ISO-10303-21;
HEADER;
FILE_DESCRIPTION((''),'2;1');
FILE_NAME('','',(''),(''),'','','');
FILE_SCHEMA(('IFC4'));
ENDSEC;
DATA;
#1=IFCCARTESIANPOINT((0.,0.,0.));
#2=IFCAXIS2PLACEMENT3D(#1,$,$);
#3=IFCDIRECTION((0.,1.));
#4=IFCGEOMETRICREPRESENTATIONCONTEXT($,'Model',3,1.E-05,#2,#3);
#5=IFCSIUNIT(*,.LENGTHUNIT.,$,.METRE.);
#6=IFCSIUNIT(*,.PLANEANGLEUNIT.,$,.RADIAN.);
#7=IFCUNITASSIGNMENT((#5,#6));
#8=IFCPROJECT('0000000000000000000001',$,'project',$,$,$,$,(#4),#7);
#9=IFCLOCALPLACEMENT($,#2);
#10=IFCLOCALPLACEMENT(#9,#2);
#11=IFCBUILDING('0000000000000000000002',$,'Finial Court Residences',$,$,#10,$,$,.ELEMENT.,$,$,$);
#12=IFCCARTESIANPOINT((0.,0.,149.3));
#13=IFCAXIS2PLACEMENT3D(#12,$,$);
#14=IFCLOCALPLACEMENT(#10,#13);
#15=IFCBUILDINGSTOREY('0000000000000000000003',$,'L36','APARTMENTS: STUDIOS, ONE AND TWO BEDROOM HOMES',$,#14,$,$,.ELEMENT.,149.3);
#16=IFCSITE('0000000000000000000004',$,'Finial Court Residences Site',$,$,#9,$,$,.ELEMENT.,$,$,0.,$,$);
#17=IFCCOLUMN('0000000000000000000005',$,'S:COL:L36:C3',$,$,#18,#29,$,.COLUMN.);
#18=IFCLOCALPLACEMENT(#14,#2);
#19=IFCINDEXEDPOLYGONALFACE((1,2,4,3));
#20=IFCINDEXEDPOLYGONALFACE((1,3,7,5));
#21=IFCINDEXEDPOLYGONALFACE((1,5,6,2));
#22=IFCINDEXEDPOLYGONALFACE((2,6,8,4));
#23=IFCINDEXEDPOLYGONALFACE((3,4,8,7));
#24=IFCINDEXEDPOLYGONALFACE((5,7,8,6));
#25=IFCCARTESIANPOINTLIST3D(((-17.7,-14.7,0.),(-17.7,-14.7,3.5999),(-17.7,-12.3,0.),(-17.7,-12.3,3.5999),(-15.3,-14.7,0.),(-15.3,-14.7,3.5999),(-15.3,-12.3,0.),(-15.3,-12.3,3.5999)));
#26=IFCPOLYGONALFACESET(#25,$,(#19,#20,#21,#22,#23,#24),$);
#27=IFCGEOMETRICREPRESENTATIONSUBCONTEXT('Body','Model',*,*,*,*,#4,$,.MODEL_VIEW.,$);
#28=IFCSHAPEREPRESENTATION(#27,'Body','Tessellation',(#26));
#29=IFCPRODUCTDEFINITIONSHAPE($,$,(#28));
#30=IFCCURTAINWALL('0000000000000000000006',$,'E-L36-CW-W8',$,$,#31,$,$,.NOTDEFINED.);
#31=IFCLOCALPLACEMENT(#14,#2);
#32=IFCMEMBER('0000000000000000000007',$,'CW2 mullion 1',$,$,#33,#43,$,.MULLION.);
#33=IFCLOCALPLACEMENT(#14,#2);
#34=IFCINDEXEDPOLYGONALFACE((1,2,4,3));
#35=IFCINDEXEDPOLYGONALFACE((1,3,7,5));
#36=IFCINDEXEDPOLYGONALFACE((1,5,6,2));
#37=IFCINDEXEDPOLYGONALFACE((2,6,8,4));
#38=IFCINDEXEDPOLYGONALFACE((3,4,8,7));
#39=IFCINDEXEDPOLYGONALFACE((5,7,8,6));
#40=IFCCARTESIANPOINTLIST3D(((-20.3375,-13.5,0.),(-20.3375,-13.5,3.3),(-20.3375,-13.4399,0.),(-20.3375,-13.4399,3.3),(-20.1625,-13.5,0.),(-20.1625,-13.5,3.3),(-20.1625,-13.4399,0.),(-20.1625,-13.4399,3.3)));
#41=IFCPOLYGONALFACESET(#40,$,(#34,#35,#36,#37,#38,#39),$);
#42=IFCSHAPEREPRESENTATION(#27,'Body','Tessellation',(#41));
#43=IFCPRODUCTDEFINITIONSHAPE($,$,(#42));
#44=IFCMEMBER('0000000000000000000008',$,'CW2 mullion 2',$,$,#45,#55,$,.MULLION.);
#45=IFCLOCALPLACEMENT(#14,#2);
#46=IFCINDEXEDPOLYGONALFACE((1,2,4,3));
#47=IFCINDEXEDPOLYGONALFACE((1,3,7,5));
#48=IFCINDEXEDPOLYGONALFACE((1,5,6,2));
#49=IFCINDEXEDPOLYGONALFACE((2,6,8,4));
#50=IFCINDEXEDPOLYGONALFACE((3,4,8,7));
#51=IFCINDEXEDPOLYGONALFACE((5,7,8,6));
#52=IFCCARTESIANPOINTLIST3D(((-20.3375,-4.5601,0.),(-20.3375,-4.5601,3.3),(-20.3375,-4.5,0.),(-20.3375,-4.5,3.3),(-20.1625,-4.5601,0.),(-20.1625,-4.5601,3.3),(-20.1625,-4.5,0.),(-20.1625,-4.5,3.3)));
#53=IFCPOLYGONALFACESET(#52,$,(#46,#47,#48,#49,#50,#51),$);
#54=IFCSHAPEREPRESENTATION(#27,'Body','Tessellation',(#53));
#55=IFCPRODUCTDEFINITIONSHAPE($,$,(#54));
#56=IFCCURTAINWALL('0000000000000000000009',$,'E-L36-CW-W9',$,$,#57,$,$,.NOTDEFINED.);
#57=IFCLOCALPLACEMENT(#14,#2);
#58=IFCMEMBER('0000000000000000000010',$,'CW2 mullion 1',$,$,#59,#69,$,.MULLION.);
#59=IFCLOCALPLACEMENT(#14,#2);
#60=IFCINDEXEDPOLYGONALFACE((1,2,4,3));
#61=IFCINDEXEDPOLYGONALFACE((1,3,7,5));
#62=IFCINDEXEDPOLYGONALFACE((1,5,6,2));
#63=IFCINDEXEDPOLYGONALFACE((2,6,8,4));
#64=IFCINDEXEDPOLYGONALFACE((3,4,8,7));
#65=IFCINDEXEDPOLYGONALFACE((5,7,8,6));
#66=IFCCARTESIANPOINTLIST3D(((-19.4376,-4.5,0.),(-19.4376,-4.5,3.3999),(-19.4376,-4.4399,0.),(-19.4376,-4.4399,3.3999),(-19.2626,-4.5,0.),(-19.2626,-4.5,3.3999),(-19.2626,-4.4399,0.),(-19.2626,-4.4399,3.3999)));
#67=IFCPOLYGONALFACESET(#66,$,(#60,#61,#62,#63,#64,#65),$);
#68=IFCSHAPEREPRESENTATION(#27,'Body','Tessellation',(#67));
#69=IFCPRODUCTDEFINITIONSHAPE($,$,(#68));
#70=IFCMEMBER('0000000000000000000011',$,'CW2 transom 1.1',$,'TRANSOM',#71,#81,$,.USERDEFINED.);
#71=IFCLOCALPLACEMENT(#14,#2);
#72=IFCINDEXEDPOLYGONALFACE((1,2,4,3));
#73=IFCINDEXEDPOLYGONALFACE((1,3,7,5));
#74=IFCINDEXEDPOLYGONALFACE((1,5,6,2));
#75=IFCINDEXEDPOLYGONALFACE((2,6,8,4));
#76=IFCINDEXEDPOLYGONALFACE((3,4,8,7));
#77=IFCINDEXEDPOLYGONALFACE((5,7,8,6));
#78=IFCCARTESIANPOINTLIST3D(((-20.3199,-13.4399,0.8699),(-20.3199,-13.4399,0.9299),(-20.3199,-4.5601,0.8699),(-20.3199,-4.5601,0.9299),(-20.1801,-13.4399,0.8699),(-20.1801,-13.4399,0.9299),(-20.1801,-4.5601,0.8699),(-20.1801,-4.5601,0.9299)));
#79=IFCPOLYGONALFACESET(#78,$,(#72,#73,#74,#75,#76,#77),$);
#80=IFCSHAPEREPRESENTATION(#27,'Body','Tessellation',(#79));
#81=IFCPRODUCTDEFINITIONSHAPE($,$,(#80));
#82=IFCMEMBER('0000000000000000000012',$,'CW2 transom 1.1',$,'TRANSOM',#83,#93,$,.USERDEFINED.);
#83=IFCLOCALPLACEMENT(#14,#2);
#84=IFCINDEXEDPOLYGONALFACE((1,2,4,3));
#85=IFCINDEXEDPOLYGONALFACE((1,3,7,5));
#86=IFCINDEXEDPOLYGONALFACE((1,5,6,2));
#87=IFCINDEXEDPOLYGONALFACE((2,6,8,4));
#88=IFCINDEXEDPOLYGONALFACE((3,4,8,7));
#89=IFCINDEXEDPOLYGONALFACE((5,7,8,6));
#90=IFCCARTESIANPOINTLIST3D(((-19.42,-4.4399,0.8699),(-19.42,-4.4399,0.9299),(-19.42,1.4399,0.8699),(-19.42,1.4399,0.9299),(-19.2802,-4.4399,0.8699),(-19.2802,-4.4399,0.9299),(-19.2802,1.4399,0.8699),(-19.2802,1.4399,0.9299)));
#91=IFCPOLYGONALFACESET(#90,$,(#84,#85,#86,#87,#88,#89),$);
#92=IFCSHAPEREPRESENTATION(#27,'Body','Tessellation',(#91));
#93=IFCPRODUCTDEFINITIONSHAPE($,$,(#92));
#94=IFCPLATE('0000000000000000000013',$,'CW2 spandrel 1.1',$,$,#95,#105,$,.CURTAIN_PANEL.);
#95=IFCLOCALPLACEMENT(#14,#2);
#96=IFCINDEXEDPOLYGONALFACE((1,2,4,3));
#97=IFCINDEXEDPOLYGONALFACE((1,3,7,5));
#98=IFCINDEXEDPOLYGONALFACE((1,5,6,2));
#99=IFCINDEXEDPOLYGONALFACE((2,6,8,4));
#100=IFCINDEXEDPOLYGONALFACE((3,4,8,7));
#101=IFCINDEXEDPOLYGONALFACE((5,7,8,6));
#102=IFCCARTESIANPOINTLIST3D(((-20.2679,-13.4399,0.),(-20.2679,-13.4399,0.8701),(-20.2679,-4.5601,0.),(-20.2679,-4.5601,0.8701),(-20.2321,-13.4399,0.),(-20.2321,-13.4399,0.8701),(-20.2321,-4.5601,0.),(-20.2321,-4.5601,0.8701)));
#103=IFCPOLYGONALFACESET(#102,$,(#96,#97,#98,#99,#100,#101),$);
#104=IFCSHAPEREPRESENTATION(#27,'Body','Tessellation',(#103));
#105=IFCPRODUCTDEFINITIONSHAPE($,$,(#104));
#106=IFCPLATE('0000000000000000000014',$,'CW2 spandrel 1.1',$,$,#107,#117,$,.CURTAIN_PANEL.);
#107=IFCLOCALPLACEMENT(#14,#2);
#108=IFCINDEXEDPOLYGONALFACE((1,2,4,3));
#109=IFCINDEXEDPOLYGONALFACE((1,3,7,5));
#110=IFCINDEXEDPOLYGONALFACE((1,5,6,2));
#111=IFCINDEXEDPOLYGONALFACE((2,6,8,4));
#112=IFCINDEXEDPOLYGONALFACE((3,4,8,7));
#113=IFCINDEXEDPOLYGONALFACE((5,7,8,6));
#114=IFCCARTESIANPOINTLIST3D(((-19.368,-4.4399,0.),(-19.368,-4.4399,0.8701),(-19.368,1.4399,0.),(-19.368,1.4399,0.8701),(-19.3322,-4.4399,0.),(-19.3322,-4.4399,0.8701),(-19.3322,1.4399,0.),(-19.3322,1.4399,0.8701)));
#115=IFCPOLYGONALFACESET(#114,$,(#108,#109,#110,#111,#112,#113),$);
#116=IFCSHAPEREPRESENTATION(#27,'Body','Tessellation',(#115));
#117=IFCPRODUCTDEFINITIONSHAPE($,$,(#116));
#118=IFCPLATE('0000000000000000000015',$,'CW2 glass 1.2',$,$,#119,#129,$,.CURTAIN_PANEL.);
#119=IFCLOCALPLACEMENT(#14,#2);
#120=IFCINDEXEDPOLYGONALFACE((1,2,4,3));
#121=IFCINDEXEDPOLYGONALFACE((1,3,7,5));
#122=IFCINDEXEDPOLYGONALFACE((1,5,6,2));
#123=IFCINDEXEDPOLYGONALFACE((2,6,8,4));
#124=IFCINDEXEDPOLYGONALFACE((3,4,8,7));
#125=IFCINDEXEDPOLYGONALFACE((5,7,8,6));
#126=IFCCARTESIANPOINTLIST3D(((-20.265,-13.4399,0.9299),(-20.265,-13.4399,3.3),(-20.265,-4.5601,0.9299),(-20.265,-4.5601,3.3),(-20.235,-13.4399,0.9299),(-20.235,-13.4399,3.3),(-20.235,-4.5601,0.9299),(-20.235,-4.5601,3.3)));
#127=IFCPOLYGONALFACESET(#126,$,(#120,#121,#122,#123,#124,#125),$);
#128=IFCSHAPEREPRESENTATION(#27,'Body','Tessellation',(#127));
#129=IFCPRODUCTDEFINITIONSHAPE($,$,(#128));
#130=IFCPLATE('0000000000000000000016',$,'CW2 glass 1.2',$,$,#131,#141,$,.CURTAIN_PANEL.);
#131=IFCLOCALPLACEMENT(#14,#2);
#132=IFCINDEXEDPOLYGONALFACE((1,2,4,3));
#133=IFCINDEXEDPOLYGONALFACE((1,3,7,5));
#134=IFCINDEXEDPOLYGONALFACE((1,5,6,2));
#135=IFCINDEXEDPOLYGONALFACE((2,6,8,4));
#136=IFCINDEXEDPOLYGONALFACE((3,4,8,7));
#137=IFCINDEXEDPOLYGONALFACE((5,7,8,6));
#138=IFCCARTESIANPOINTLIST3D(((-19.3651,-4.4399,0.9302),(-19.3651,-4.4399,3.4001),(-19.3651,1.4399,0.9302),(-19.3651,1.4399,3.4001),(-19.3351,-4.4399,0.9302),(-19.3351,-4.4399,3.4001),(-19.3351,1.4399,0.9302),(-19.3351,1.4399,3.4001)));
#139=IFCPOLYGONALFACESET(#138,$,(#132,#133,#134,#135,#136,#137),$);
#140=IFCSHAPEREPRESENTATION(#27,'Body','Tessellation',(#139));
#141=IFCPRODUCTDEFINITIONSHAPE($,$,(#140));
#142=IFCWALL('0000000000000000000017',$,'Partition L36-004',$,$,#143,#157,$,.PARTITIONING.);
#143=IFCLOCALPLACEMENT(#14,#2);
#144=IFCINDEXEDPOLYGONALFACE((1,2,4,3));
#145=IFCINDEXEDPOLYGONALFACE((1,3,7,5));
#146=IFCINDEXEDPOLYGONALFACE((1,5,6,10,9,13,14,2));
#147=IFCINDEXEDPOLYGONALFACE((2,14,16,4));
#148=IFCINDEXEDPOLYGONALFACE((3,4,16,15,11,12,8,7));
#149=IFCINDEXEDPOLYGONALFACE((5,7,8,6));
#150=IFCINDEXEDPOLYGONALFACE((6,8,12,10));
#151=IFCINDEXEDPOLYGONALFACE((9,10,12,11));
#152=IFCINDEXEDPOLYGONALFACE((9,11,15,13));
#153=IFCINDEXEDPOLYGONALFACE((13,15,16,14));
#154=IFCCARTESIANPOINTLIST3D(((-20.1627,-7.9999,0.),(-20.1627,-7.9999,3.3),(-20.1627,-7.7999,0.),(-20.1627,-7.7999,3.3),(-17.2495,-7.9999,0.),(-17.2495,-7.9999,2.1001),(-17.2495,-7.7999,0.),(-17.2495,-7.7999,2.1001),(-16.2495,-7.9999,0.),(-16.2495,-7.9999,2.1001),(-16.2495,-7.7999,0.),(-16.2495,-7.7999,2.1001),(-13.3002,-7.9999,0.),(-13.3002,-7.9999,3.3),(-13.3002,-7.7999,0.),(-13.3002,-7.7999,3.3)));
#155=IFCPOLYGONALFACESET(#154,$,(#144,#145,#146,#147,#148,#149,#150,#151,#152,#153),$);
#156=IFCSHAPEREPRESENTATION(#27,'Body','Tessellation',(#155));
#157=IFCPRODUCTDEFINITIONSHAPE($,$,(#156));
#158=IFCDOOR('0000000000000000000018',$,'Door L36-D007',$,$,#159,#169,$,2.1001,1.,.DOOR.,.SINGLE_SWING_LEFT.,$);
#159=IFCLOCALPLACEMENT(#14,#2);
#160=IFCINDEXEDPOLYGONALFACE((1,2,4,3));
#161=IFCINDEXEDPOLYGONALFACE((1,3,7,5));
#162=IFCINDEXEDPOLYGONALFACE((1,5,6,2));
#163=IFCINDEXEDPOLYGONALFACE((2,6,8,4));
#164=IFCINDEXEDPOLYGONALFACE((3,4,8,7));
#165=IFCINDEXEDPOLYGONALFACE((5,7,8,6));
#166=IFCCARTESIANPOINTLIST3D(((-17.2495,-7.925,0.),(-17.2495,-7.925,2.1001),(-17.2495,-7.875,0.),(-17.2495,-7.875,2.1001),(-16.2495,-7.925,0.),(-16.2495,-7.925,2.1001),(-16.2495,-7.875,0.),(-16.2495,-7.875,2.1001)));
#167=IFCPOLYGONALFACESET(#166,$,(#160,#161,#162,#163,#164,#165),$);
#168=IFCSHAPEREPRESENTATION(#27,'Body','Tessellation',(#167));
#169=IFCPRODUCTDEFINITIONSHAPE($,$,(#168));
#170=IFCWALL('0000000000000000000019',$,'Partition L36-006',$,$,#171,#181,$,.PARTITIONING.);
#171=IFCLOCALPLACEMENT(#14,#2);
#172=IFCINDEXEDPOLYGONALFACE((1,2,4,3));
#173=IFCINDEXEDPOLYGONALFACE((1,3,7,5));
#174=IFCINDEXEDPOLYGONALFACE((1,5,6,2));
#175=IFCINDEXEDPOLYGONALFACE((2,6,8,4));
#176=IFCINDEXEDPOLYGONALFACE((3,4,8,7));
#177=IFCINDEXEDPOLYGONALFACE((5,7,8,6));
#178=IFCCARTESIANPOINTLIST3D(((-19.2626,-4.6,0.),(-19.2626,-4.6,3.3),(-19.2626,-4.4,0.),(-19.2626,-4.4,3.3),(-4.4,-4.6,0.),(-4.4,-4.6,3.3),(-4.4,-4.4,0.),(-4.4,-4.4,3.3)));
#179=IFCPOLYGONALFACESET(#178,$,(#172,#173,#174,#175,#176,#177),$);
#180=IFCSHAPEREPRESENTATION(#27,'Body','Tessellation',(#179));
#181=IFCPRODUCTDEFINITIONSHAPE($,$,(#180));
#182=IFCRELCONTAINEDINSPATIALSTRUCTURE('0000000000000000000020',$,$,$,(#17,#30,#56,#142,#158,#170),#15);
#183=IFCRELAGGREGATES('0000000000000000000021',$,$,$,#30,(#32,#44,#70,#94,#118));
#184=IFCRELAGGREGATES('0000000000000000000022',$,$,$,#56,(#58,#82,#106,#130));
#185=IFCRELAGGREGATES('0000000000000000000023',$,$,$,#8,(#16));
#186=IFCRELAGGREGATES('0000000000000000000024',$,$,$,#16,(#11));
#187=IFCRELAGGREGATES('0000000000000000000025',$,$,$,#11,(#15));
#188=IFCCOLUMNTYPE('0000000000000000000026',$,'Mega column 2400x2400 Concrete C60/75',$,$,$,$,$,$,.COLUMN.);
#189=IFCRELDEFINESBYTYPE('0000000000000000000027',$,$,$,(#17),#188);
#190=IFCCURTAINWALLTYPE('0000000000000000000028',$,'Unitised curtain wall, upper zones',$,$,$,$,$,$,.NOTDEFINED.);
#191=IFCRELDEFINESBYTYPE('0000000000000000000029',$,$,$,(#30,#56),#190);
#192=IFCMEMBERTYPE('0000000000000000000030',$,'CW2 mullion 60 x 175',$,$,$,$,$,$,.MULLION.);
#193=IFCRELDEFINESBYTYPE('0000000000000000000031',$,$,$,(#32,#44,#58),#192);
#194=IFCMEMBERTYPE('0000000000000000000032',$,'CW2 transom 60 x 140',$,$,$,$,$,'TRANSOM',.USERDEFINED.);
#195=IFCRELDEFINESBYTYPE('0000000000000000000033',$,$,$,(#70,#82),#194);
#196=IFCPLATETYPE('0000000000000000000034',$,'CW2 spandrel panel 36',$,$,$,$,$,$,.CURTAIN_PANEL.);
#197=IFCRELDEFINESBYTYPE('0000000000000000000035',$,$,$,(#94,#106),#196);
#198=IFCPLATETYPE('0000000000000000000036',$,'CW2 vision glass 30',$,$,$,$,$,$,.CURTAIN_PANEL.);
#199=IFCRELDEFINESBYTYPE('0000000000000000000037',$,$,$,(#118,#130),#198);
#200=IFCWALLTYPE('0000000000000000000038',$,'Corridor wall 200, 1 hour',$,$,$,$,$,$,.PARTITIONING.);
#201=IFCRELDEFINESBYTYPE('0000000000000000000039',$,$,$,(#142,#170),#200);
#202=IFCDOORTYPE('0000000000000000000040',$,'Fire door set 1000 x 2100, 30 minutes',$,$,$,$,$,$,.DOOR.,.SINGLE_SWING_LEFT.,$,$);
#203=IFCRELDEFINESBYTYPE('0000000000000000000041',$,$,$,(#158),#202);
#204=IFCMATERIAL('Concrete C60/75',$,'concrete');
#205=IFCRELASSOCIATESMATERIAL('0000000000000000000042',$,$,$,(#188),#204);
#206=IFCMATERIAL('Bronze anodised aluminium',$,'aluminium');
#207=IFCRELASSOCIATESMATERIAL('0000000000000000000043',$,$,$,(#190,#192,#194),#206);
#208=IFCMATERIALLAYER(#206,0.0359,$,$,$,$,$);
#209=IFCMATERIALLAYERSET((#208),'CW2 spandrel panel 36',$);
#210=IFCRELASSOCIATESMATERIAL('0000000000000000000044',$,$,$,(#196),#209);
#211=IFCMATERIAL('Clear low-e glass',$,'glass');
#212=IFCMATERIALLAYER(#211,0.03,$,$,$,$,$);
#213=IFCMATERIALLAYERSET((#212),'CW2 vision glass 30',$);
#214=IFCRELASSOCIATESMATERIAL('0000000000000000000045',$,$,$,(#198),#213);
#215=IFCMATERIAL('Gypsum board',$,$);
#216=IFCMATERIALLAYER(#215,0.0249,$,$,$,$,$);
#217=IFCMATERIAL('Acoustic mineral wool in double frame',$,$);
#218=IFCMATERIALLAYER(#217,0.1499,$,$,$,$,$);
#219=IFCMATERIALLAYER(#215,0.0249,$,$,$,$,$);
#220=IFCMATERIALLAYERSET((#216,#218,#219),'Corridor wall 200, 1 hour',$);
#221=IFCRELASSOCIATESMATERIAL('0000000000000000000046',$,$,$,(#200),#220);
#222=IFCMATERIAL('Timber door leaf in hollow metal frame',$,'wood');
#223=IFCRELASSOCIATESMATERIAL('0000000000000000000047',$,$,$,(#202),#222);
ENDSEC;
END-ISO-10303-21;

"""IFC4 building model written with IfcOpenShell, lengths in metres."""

from ifc_helpers import new_model, si_unit, direction, frame, frame_2d, origin, origin_2d, place, context, subcontext, project, spatial, rectangle, extrude, material, layer, layer_set, material_profile, profile_set, type_object, element, fill, aggregate, save


model = new_model("IFC4")

# Units and contexts
model_context = context("Model", 3, precision=1e-05, world=origin(), true_north=direction((0.0, 1.0)))
body_context = subcontext(model_context, "Body", "Model", "MODEL_VIEW")
ifc_project = project(units=[si_unit("LENGTHUNIT", "METRE"), si_unit("PLANEANGLEUNIT", "RADIAN")], contexts=[model_context])

# Site, building, storey
site_placement = place(None, origin())
site = spatial("IfcSite", under=ifc_project, at=site_placement, Name="Finial Court Residences Site", CompositionType="ELEMENT", RefElevation=0.0)
building_placement = place(site_placement, origin())
building = spatial("IfcBuilding", under=site, at=building_placement, Name="Finial Court Residences", CompositionType="ELEMENT")
storey_placement = place(building_placement, frame((0.0, 0.0, 149.3)))
storey = spatial("IfcBuildingStorey", under=building, at=storey_placement, Name="L36", Description="APARTMENTS: STUDIOS, ONE AND TWO BEDROOM HOMES", CompositionType="ELEMENT", Elevation=149.3)

# Column
ifc_material_1 = material(Name="Concrete C60/75", Category="concrete")
ifc_material_profile_1 = material_profile(ifc_material_1, rectangle(XDim=2.3999, YDim=2.3999, at=origin_2d()), Name="2400x2400")
ifc_profile_set_1 = profile_set([ifc_material_profile_1], Name="Concrete C60/75")
column_type = type_object("IfcColumnType", Name="Mega column 2400x2400 Concrete C60/75", PredefinedType="COLUMN", material=ifc_profile_set_1)
column_placement = place(storey_placement, frame((-16.5, -13.5, 0.0), z_axis=(0.0, 0.0, 1.0), x_axis=(1.0, 0.0, 0.0)))
element("IfcColumn", 1, at=column_placement, inside=storey, type_object=column_type, Name="S:COL:L36:C3", PredefinedType="COLUMN", context=body_context, shape_type="SweptSolid", body=[
    extrude(rectangle(XDim=2.3999, YDim=2.3999, at=origin_2d()), origin(), (0.0, 0.0, 1.0), 3.5999),
])

# Curtain wall, members
ifc_material_2 = material(Name="Bronze anodised aluminium", Category="aluminium")
curtain_wall_type = type_object("IfcCurtainWallType", Name="Unitised curtain wall, upper zones", PredefinedType="NOTDEFINED", material=ifc_material_2)
curtain_wall_1_placement = place(storey_placement, origin())
curtain_wall_1 = element("IfcCurtainWall", 2, at=curtain_wall_1_placement, inside=storey, type_object=curtain_wall_type, Name="E-L36-CW-W8", PredefinedType="NOTDEFINED")
ifc_material_profile_2 = material_profile(ifc_material_2, rectangle(XDim=0.175, YDim=0.0601, at=origin_2d()), Name="CW2 mullion 60 x 175")
ifc_profile_set_2 = profile_set([ifc_material_profile_2], Name="Bronze anodised aluminium")
member_type_1 = type_object("IfcMemberType", Name="CW2 mullion 60 x 175", PredefinedType="MULLION", material=ifc_profile_set_2)
member_1_placement = place(storey_placement, frame((-20.25, -13.47, 0.0), z_axis=(0.0, 0.0, 1.0), x_axis=(-1.0, 0.0, 0.0)))
member_1 = element("IfcMember", 3, at=member_1_placement, type_object=member_type_1, Name="CW2 mullion 1", PredefinedType="MULLION", context=body_context, shape_type="SweptSolid", body=[
    extrude(rectangle(XDim=0.175, YDim=0.0601, at=origin_2d()), origin(), (0.0, 0.0, 1.0), 3.3),
])
member_2_placement = place(storey_placement, frame((-20.25, -4.53, 0.0), z_axis=(0.0, 0.0, 1.0), x_axis=(-1.0, 0.0, 0.0)))
member_2 = element("IfcMember", 4, at=member_2_placement, type_object=member_type_1, Name="CW2 mullion 2", PredefinedType="MULLION", context=body_context, shape_type="SweptSolid", body=[
    extrude(rectangle(XDim=0.175, YDim=0.0601, at=origin_2d()), origin(), (0.0, 0.0, 1.0), 3.3),
])

# Curtain wall, member
curtain_wall_2_placement = place(storey_placement, origin())
curtain_wall_2 = element("IfcCurtainWall", 5, at=curtain_wall_2_placement, inside=storey, type_object=curtain_wall_type, Name="E-L36-CW-W9", PredefinedType="NOTDEFINED")
member_3_placement = place(storey_placement, frame((-19.3501, -4.47, 0.0), z_axis=(0.0, 0.0, 1.0), x_axis=(-1.0, 0.0, 0.0)))
member_3 = element("IfcMember", 6, at=member_3_placement, type_object=member_type_1, Name="CW2 mullion 1", PredefinedType="MULLION", context=body_context, shape_type="SweptSolid", body=[
    extrude(rectangle(XDim=0.175, YDim=0.0601, at=origin_2d()), origin(), (0.0, 0.0, 1.0), 3.3999),
])

# Members
ifc_material_profile_3 = material_profile(ifc_material_2, rectangle(XDim=0.1399, YDim=0.0601, at=origin_2d()), Name="CW2 transom 60 x 140")
ifc_profile_set_3 = profile_set([ifc_material_profile_3], Name="Bronze anodised aluminium")
member_type_2 = type_object("IfcMemberType", Name="CW2 transom 60 x 140", ElementType="TRANSOM", PredefinedType="USERDEFINED", material=ifc_profile_set_3)
member_4_placement = place(storey_placement, frame((-20.25, -13.4399, 0.8999), z_axis=(0.0, 1.0, 0.0), x_axis=(-1.0, 0.0, 0.0)))
member_4 = element("IfcMember", 7, at=member_4_placement, type_object=member_type_2, Name="CW2 transom 1.1", ObjectType="TRANSOM", PredefinedType="USERDEFINED", context=body_context, shape_type="SweptSolid", body=[
    extrude(rectangle(XDim=0.1399, YDim=0.0601, at=origin_2d()), origin(), (0.0, 0.0, 1.0), 8.8799),
])
member_5_placement = place(storey_placement, frame((-19.3501, -4.4399, 0.8999), z_axis=(0.0, 1.0, 0.0), x_axis=(-1.0, 0.0, 0.0)))
member_5 = element("IfcMember", 8, at=member_5_placement, type_object=member_type_2, Name="CW2 transom 1.1", ObjectType="TRANSOM", PredefinedType="USERDEFINED", context=body_context, shape_type="SweptSolid", body=[
    extrude(rectangle(XDim=0.1399, YDim=0.0601, at=origin_2d()), origin(), (0.0, 0.0, 1.0), 5.8799),
])

# Plates
ifc_layer_1 = layer(ifc_material_2, 0.0359)
ifc_layer_set_1 = layer_set([ifc_layer_1], Name="CW2 spandrel panel 36")
plate_type_1 = type_object("IfcPlateType", Name="CW2 spandrel panel 36", PredefinedType="CURTAIN_PANEL", material=ifc_layer_set_1)
plate_1_placement = place(storey_placement, frame((-20.25, -9.0, 0.0), z_axis=(0.0, 0.0, 1.0), x_axis=(0.0, 1.0, 0.0)))
plate_1 = element("IfcPlate", 9, at=plate_1_placement, type_object=plate_type_1, Name="CW2 spandrel 1.1", PredefinedType="CURTAIN_PANEL", context=body_context, shape_type="SweptSolid", body=[
    extrude(rectangle(XDim=8.8799, YDim=0.0359, at=origin_2d()), origin(), (0.0, 0.0, 1.0), 0.8701),
])
plate_2_placement = place(storey_placement, frame((-19.3501, -1.5, 0.0), z_axis=(0.0, 0.0, 1.0), x_axis=(0.0, 1.0, 0.0)))
plate_2 = element("IfcPlate", 10, at=plate_2_placement, type_object=plate_type_1, Name="CW2 spandrel 1.1", PredefinedType="CURTAIN_PANEL", context=body_context, shape_type="SweptSolid", body=[
    extrude(rectangle(XDim=5.8799, YDim=0.0359, at=origin_2d()), origin(), (0.0, 0.0, 1.0), 0.8701),
])
ifc_material_3 = material(Name="Clear low-e glass", Category="glass")
ifc_layer_2 = layer(ifc_material_3, 0.03)
ifc_layer_set_2 = layer_set([ifc_layer_2], Name="CW2 vision glass 30")
plate_type_2 = type_object("IfcPlateType", Name="CW2 vision glass 30", PredefinedType="CURTAIN_PANEL", material=ifc_layer_set_2)
plate_3_placement = place(storey_placement, frame((-20.25, -9.0, 0.9299), z_axis=(0.0, 0.0, 1.0), x_axis=(0.0, 1.0, 0.0)))
plate_3 = element("IfcPlate", 11, at=plate_3_placement, type_object=plate_type_2, Name="CW2 glass 1.2", PredefinedType="CURTAIN_PANEL", context=body_context, shape_type="SweptSolid", body=[
    extrude(rectangle(XDim=8.8799, YDim=0.03, at=origin_2d()), origin(), (0.0, 0.0, 1.0), 2.3701),
])
aggregate(curtain_wall_1, [member_1, member_2, member_4, plate_1, plate_3])
plate_4_placement = place(storey_placement, frame((-19.3501, -1.5, 0.9302), z_axis=(0.0, 0.0, 1.0), x_axis=(0.0, 1.0, 0.0)))
plate_4 = element("IfcPlate", 12, at=plate_4_placement, type_object=plate_type_2, Name="CW2 glass 1.2", PredefinedType="CURTAIN_PANEL", context=body_context, shape_type="SweptSolid", body=[
    extrude(rectangle(XDim=5.8799, YDim=0.03, at=origin_2d()), origin(), (0.0, 0.0, 1.0), 2.47),
])
aggregate(curtain_wall_2, [member_3, member_5, plate_2, plate_4])

# Wall, opening, door
ifc_material_4 = material(Name="Gypsum board")
ifc_layer_3 = layer(ifc_material_4, 0.0249)
ifc_material_5 = material(Name="Acoustic mineral wool in double frame")
ifc_layer_4 = layer(ifc_material_5, 0.1499)
ifc_layer_5 = layer(ifc_material_4, 0.0249)
ifc_layer_set_3 = layer_set([ifc_layer_3, ifc_layer_4, ifc_layer_5], Name="Corridor wall 200, 1 hour")
wall_type_1 = type_object("IfcWallType", Name="Corridor wall 200, 1 hour", PredefinedType="PARTITIONING", material=ifc_layer_set_3)
wall_1_placement = place(storey_placement, frame((-20.1626, -7.8999, 0.0), z_axis=(0.0, 0.0, 1.0), x_axis=(1.0, 0.0, 0.0)))
wall_1 = element("IfcWall", 13, at=wall_1_placement, inside=storey, type_object=wall_type_1, Name="Partition L36-004", PredefinedType="PARTITIONING", context=body_context, shape_type="SweptSolid", body=[
    extrude(rectangle(XDim=6.8625, YDim=0.2, at=frame_2d((3.4312, 0.0))), origin(), (0.0, 0.0, 1.0), 3.3),
])
opening_1_placement = place(wall_1_placement, frame((2.9131, 0.0, 0.0)))
opening_1 = element("IfcOpeningElement", 14, at=opening_1_placement, cuts=wall_1, PredefinedType="OPENING", context=body_context, shape_type="SweptSolid", body=[
    extrude(rectangle(XDim=1.0, YDim=2.1001, at=frame_2d((0.5, 1.05))), frame((0.0, 0.1099, 0.0), z_axis=(0.0, -1.0, 0.0), x_axis=(1.0, 0.0, 0.0)), (0.0, 0.0, 1.0), 0.22),
])
ifc_material_6 = material(Name="Timber door leaf in hollow metal frame", Category="wood")
door_type_1 = type_object("IfcDoorType", Name="Fire door set 1000 x 2100, 30 minutes", OperationType="SINGLE_SWING_LEFT", PredefinedType="DOOR", material=ifc_material_6)
door_1_placement = place(opening_1_placement, origin())
door_1 = element("IfcDoor", 15, at=door_1_placement, inside=storey, type_object=door_type_1, Name="Door L36-D007", OperationType="SINGLE_SWING_LEFT", OverallHeight=2.1001, OverallWidth=1.0, PredefinedType="DOOR", context=body_context, shape_type="SweptSolid", body=[
    extrude(rectangle(XDim=1.0, YDim=2.1001, at=frame_2d((0.5, 1.05))), frame((0.0, 0.0249, 0.0), z_axis=(0.0, -1.0, 0.0), x_axis=(1.0, 0.0, 0.0)), (0.0, 0.0, 1.0), 0.05),
])
fill(opening_1, door_1)

# Wall
wall_2_placement = place(storey_placement, frame((-19.2625, -4.5, 0.0), z_axis=(0.0, 0.0, 1.0), x_axis=(1.0, 0.0, 0.0)))
element("IfcWall", 16, at=wall_2_placement, inside=storey, type_object=wall_type_1, Name="Partition L36-006", PredefinedType="PARTITIONING", context=body_context, shape_type="SweptSolid", body=[
    extrude(rectangle(XDim=14.8625, YDim=0.2, at=frame_2d((7.4312, 0.0))), origin(), (0.0, 0.0, 1.0), 3.3),
])

save(model, "model.ifc")
